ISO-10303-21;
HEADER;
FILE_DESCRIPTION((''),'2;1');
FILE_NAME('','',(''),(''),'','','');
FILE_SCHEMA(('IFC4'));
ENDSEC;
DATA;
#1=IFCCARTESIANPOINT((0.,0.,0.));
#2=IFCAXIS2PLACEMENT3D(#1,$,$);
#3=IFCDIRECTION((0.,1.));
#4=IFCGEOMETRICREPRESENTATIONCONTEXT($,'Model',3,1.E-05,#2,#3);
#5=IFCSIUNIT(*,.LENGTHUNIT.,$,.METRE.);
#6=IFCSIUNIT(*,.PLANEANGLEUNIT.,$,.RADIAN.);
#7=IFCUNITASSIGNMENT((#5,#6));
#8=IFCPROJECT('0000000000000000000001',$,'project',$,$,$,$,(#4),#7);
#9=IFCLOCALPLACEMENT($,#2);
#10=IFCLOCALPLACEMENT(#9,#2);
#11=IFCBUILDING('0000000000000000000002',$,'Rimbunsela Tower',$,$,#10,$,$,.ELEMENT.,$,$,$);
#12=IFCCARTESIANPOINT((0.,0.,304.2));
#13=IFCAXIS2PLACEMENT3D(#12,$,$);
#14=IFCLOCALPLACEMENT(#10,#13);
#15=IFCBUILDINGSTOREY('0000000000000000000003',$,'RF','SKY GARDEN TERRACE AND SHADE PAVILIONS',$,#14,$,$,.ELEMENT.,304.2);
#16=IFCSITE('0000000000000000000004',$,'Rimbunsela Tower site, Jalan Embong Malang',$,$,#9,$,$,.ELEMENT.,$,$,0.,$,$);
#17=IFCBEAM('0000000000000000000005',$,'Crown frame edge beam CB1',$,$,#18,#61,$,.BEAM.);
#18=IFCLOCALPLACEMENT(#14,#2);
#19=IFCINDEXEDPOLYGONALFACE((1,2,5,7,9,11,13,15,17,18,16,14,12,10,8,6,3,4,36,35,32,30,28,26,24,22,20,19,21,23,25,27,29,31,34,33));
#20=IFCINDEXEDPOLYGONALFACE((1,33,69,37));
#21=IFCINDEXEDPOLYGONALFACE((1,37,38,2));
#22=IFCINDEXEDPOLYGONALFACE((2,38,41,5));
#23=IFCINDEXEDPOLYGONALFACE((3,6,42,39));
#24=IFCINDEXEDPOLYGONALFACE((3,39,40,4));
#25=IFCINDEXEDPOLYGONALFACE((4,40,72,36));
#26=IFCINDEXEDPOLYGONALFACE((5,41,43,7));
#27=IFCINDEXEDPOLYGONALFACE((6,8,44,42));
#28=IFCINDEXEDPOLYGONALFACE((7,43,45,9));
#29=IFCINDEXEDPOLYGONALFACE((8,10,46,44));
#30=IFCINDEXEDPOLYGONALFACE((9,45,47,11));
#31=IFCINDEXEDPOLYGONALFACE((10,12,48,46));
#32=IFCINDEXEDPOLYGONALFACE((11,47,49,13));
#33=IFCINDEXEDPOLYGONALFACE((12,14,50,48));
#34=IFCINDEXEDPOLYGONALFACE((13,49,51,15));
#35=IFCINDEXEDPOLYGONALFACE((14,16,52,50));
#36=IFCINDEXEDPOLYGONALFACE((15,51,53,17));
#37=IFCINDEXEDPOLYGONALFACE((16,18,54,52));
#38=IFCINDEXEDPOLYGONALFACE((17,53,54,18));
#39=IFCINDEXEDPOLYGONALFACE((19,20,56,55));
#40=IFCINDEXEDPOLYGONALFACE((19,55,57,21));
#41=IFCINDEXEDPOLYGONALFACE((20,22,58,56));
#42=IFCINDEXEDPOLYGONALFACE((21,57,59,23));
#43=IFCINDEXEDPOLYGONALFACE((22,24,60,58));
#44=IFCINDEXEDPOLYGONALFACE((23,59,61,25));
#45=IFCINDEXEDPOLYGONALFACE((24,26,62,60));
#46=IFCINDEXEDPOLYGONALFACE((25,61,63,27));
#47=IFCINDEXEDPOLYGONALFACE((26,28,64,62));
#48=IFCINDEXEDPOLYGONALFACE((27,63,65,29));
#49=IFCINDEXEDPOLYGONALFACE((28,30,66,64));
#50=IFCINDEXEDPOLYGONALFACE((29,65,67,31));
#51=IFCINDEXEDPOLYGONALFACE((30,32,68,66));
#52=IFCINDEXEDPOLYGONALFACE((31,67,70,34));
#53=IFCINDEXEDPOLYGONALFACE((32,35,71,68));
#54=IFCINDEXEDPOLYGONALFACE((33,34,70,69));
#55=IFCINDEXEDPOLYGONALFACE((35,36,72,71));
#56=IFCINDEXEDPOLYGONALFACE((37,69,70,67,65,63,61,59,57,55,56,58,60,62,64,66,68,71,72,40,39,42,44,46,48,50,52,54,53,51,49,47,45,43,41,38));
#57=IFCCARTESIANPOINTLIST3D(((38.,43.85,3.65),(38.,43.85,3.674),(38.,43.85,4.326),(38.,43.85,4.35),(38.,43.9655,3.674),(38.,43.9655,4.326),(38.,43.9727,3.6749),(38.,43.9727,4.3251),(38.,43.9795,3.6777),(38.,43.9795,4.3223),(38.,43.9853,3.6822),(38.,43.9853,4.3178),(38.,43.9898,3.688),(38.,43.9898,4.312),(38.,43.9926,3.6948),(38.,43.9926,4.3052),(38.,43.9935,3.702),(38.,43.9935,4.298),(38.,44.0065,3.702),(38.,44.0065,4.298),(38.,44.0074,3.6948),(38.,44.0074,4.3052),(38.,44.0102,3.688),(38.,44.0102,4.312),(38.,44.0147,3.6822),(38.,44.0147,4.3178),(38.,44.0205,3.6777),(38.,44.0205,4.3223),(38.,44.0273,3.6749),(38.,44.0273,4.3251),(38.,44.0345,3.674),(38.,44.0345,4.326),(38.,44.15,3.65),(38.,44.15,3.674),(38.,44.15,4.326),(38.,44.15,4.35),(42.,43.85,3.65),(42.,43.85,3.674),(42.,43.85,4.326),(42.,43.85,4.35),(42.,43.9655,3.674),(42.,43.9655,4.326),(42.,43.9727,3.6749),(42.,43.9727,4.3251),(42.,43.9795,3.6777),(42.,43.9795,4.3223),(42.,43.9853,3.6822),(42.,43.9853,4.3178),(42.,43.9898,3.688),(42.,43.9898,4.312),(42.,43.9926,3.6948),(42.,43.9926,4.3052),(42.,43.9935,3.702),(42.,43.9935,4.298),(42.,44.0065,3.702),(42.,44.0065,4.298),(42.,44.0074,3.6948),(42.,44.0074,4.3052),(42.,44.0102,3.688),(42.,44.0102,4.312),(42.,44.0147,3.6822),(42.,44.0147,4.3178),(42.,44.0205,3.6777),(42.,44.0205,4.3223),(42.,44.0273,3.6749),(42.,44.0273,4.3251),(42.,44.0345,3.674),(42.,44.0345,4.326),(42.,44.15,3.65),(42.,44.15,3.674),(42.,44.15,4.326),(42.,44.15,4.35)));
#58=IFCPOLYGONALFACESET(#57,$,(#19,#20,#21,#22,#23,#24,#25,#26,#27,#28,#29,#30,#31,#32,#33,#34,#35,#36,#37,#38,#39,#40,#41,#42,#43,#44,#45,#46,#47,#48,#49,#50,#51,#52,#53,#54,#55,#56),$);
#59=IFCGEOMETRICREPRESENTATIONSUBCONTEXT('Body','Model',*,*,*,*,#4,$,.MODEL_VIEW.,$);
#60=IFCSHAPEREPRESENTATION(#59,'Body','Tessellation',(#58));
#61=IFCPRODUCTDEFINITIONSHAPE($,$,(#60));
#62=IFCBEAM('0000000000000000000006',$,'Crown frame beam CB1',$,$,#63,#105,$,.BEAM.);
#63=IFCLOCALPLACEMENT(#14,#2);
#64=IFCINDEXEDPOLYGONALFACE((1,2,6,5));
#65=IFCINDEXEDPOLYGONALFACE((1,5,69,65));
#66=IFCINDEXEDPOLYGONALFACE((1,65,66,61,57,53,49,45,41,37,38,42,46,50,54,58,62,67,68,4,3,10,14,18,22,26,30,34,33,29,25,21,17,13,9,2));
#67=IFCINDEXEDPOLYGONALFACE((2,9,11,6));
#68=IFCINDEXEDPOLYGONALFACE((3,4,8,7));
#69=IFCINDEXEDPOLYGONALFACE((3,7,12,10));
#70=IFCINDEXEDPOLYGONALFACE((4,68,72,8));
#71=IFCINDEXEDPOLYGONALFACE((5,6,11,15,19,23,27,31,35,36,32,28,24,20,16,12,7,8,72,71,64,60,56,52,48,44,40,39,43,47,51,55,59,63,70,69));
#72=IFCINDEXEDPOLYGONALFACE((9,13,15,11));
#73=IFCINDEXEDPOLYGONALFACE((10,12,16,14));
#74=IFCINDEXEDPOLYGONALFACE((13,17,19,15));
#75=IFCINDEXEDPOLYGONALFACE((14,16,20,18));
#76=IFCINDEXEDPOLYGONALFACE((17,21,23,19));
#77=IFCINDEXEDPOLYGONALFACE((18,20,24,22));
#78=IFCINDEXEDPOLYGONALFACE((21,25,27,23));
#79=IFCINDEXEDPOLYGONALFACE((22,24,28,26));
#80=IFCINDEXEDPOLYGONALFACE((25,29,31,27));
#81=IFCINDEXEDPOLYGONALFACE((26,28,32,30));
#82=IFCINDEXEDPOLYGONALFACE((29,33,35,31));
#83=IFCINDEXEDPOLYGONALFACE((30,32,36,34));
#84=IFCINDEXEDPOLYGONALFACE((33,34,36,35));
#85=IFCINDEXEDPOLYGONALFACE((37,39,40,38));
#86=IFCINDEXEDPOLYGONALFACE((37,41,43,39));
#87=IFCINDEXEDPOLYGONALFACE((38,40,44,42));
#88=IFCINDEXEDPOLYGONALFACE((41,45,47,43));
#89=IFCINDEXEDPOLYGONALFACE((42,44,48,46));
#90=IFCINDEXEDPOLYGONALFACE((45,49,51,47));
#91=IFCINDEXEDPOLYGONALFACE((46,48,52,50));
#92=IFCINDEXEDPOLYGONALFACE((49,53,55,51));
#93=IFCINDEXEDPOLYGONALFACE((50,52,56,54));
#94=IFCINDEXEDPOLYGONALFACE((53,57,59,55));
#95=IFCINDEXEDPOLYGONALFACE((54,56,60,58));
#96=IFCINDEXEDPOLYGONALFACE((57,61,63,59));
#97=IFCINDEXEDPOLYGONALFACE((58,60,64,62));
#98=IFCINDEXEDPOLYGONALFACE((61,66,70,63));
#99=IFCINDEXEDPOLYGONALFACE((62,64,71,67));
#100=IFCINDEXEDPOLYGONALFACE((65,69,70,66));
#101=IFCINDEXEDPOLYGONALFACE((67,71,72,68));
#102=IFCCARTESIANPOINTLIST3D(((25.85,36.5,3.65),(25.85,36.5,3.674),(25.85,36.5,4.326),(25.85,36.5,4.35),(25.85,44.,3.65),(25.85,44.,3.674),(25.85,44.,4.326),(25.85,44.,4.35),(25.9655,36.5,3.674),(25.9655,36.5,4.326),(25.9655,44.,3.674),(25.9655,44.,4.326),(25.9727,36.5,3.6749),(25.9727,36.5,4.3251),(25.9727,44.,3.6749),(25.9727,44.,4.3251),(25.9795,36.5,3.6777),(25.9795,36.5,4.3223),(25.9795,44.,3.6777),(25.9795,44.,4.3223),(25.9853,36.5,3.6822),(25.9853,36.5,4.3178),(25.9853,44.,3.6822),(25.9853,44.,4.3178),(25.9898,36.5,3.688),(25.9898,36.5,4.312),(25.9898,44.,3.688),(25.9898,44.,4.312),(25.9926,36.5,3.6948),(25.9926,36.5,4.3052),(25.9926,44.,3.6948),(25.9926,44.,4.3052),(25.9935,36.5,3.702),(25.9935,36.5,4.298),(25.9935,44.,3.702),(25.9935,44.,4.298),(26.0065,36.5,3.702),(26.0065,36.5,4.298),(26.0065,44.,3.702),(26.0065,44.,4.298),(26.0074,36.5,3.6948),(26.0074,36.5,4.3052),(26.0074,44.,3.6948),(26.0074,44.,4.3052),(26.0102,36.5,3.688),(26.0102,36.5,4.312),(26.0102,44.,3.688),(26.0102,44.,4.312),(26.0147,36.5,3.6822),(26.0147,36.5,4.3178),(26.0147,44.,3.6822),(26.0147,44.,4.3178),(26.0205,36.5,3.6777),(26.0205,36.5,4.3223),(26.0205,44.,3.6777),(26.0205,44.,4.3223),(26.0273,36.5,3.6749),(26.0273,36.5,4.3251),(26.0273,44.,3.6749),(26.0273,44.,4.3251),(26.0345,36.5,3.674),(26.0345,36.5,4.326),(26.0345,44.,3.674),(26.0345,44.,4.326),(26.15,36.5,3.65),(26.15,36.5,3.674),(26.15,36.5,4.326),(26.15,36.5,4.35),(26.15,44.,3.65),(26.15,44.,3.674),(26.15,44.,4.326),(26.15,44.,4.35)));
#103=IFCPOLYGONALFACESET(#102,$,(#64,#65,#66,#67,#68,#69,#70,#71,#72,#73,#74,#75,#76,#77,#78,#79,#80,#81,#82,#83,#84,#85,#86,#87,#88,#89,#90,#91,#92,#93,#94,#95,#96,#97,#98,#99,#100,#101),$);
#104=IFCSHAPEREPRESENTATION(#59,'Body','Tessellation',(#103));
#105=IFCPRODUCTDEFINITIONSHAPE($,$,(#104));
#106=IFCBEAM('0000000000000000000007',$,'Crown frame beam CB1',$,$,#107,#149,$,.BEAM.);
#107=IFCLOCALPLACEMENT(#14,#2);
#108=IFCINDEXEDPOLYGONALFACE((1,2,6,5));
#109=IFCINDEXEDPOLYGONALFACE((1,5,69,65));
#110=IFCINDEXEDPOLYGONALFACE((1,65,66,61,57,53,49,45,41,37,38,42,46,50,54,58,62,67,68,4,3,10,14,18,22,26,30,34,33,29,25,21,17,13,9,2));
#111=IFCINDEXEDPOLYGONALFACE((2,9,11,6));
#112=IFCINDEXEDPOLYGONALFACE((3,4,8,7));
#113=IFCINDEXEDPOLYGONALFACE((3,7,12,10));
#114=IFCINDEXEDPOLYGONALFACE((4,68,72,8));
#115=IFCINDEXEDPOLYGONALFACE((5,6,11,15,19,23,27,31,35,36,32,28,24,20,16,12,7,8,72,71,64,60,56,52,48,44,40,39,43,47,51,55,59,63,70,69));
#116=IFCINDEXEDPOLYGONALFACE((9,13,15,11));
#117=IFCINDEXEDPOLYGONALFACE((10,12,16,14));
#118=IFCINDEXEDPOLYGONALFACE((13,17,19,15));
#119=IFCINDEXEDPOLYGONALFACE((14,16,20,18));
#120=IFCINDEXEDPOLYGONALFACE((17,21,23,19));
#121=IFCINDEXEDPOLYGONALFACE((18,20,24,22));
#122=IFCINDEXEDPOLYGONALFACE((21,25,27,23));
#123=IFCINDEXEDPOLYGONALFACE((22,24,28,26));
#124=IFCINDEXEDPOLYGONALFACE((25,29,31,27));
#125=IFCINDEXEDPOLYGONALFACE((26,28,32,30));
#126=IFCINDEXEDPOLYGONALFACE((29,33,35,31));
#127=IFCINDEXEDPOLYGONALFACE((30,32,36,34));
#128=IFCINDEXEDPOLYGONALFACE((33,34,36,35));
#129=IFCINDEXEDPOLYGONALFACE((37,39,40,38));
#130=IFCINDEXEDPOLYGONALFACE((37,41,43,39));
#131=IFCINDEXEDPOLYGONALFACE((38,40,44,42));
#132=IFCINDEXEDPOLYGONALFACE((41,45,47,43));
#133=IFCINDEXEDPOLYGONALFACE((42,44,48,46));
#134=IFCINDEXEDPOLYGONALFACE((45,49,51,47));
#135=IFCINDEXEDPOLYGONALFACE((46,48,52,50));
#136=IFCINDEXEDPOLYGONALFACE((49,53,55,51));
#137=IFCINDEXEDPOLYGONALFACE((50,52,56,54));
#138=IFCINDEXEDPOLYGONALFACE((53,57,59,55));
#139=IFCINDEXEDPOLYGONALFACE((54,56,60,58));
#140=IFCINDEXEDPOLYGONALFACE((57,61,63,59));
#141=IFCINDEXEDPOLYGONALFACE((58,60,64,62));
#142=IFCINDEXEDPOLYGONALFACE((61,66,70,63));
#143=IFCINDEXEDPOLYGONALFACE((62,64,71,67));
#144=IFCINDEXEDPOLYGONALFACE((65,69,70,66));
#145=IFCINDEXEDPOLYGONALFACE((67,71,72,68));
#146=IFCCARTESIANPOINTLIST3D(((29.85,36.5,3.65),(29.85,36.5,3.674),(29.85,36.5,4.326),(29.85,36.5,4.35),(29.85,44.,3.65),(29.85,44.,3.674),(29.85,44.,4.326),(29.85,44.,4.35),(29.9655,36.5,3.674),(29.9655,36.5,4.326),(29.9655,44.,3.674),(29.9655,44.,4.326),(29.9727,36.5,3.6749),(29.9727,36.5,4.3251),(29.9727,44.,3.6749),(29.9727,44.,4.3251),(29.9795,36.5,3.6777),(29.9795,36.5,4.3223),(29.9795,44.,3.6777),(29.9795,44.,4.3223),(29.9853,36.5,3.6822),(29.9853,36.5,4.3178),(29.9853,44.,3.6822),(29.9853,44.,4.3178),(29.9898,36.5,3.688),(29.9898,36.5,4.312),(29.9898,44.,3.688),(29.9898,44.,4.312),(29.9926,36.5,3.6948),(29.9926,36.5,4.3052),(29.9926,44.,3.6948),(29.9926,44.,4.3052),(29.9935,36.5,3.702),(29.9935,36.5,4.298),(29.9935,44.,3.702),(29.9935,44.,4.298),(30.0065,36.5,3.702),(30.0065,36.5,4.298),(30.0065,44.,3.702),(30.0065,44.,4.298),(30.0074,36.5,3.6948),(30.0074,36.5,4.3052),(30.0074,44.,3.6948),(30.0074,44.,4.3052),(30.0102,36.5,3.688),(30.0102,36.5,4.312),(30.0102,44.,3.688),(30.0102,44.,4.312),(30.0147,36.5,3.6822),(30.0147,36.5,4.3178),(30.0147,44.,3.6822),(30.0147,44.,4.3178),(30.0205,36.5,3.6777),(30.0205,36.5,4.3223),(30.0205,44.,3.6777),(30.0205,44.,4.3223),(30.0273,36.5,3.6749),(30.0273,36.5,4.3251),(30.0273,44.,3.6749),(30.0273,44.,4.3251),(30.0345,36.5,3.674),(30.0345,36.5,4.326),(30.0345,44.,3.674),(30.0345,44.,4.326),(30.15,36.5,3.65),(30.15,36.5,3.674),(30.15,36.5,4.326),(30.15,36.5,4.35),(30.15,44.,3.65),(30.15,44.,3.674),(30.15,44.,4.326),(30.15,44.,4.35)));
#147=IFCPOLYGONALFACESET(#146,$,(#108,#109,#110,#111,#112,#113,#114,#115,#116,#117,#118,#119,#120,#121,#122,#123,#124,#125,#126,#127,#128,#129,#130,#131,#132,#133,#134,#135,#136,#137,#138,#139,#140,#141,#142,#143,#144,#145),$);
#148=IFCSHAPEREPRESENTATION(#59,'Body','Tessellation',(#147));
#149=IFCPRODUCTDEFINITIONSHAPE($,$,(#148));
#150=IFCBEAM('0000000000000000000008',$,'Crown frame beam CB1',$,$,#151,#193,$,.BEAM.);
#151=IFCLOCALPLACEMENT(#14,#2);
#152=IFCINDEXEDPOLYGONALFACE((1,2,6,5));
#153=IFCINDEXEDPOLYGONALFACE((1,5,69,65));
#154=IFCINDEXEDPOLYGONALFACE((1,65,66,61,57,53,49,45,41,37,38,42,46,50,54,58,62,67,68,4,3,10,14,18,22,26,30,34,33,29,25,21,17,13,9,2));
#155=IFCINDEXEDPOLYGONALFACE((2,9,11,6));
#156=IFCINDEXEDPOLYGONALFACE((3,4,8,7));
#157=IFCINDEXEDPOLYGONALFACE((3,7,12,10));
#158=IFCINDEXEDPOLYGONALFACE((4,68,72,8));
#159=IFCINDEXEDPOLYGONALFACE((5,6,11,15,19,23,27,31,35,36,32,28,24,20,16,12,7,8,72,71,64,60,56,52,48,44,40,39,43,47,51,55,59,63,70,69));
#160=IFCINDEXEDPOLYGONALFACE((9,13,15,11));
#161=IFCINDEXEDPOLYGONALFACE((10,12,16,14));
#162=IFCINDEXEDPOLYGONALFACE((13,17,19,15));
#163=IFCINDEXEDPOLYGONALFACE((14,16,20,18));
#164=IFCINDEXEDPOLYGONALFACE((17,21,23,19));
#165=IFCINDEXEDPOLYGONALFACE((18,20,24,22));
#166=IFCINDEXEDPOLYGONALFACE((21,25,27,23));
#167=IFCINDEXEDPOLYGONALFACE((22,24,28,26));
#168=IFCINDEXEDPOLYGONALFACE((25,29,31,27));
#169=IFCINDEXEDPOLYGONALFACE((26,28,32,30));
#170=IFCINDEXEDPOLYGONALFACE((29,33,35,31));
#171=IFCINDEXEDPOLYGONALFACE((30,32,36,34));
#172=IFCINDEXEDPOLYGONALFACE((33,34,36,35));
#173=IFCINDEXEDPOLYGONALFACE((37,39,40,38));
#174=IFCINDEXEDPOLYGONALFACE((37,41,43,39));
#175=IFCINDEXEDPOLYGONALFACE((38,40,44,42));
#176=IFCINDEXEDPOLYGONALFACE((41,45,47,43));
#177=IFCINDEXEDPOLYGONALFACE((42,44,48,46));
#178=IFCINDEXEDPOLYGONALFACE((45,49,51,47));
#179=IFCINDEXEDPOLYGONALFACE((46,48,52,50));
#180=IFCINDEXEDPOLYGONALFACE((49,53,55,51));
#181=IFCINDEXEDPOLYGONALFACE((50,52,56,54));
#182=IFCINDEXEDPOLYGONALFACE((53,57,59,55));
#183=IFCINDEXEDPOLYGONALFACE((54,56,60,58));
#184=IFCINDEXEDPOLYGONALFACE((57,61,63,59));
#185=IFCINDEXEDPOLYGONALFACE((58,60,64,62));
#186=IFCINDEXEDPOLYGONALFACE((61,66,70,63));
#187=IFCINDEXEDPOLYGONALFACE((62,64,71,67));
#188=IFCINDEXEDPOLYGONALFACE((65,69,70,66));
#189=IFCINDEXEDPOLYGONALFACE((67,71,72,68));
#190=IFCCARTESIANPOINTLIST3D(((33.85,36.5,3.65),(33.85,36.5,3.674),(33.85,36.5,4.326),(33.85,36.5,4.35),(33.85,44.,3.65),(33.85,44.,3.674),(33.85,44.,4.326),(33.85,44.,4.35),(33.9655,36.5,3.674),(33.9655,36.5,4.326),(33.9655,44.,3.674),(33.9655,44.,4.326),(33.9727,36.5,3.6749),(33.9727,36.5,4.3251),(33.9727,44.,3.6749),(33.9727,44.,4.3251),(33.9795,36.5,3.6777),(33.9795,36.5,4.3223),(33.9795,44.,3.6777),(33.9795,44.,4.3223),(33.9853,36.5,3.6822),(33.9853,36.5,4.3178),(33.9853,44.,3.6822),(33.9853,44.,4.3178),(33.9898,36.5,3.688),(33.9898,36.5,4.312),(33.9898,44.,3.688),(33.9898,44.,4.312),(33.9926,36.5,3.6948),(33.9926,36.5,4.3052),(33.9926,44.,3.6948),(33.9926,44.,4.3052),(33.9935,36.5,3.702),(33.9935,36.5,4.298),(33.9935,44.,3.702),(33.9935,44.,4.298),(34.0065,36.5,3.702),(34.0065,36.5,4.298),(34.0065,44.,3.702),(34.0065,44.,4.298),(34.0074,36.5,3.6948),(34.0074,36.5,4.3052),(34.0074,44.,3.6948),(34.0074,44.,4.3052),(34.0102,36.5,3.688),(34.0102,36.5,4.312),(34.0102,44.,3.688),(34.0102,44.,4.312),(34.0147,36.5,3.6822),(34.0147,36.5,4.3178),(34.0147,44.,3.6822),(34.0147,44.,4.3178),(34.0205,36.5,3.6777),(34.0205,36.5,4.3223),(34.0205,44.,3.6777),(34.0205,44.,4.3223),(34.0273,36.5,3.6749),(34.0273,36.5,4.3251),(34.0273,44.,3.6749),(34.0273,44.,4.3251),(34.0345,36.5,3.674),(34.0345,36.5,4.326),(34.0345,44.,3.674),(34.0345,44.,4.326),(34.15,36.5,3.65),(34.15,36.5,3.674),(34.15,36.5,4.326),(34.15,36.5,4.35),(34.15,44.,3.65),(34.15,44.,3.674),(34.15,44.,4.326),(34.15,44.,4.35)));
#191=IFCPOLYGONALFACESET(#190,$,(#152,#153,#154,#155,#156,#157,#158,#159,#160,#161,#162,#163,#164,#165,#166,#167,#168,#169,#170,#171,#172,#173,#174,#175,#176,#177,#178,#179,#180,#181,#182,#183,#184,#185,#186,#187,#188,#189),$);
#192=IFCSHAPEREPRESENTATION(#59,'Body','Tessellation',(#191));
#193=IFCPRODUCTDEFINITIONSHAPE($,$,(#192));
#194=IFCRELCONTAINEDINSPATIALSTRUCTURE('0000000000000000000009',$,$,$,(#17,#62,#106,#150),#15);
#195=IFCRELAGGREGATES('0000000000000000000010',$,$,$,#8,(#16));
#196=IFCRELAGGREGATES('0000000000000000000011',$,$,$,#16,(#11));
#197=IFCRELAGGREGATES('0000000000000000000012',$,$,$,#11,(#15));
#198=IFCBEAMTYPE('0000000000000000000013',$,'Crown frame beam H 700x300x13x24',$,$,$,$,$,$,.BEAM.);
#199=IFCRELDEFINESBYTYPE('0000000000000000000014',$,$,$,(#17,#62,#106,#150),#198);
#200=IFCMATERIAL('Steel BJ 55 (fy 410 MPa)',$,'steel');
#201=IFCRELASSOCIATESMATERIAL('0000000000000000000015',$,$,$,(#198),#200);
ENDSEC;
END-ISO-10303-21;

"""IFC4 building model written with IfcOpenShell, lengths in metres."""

from ifc_helpers import new_model, si_unit, direction, frame, origin, origin_2d, place, context, subcontext, project, spatial, i_section, extrude, material, material_profile, profile_set, type_object, element, save


model = new_model("IFC4")

# Units and contexts
model_context = context("Model", 3, precision=1e-05, world=origin(), true_north=direction((0.0, 1.0)))
body_context = subcontext(model_context, "Body", "Model", "MODEL_VIEW")
ifc_project = project(units=[si_unit("LENGTHUNIT", "METRE"), si_unit("PLANEANGLEUNIT", "RADIAN")], contexts=[model_context])

# Site, building, storey
site_placement = place(None, origin())
site = spatial("IfcSite", under=ifc_project, at=site_placement, Name="Rimbunsela Tower site, Jalan Embong Malang", CompositionType="ELEMENT", RefElevation=0.0)
building_placement = place(site_placement, origin())
building = spatial("IfcBuilding", under=site, at=building_placement, Name="Rimbunsela Tower", CompositionType="ELEMENT")
storey_placement = place(building_placement, frame((0.0, 0.0, 304.2)))
storey = spatial("IfcBuildingStorey", under=building, at=storey_placement, Name="RF", Description="SKY GARDEN TERRACE AND SHADE PAVILIONS", CompositionType="ELEMENT", Elevation=304.2)

# Beams
ifc_material_1 = material(Name="Steel BJ 55 (fy 410 MPa)", Category="steel")
ifc_material_profile_1 = material_profile(ifc_material_1, i_section(OverallWidth=0.3, OverallDepth=0.7, WebThickness=0.0129, FlangeThickness=0.0239, FilletRadius=0.0281, at=origin_2d()), Name="H 700x300x13x24")
ifc_profile_set_1 = profile_set([ifc_material_profile_1], Name="Steel BJ 55 (fy 410 MPa)")
beam_type_1 = type_object("IfcBeamType", Name="Crown frame beam H 700x300x13x24", PredefinedType="BEAM", material=ifc_profile_set_1)
for number, where, z_axis, x_axis, name in (
    (1, (38.0, 44.0, 4.0), (1.0, 0.0, 0.0), (0.0, 1.0, 0.0), "Crown frame edge beam CB1"),
):
    element("IfcBeam", number, at=place(storey_placement, frame(where, z_axis=z_axis, x_axis=x_axis)), inside=storey, type_object=beam_type_1, Name=name, PredefinedType="BEAM", context=body_context, shape_type="SweptSolid", body=[
        extrude(i_section(OverallWidth=0.3, OverallDepth=0.7, WebThickness=0.0129, FlangeThickness=0.0239, FilletRadius=0.0281, at=origin_2d()), origin(), (0.0, 0.0, 1.0), 4.0),
    ])
for number, where, z_axis, x_axis, name in (
    (2, (26.0, 44.0, 4.0), (0.0, -1.0, 0.0), (1.0, 0.0, 0.0), "Crown frame beam CB1"),
    (3, (30.0, 44.0, 4.0), (0.0, -1.0, 0.0), (1.0, 0.0, 0.0), "Crown frame beam CB1"),
    (4, (34.0, 44.0, 4.0), (0.0, -1.0, 0.0), (1.0, 0.0, 0.0), "Crown frame beam CB1"),
):
    element("IfcBeam", number, at=place(storey_placement, frame(where, z_axis=z_axis, x_axis=x_axis)), inside=storey, type_object=beam_type_1, Name=name, PredefinedType="BEAM", context=body_context, shape_type="SweptSolid", body=[
        extrude(i_section(OverallWidth=0.3, OverallDepth=0.7, WebThickness=0.0129, FlangeThickness=0.0239, FilletRadius=0.0281, at=origin_2d()), origin(), (0.0, 0.0, 1.0), 7.5),
    ])

save(model, "model.ifc")
